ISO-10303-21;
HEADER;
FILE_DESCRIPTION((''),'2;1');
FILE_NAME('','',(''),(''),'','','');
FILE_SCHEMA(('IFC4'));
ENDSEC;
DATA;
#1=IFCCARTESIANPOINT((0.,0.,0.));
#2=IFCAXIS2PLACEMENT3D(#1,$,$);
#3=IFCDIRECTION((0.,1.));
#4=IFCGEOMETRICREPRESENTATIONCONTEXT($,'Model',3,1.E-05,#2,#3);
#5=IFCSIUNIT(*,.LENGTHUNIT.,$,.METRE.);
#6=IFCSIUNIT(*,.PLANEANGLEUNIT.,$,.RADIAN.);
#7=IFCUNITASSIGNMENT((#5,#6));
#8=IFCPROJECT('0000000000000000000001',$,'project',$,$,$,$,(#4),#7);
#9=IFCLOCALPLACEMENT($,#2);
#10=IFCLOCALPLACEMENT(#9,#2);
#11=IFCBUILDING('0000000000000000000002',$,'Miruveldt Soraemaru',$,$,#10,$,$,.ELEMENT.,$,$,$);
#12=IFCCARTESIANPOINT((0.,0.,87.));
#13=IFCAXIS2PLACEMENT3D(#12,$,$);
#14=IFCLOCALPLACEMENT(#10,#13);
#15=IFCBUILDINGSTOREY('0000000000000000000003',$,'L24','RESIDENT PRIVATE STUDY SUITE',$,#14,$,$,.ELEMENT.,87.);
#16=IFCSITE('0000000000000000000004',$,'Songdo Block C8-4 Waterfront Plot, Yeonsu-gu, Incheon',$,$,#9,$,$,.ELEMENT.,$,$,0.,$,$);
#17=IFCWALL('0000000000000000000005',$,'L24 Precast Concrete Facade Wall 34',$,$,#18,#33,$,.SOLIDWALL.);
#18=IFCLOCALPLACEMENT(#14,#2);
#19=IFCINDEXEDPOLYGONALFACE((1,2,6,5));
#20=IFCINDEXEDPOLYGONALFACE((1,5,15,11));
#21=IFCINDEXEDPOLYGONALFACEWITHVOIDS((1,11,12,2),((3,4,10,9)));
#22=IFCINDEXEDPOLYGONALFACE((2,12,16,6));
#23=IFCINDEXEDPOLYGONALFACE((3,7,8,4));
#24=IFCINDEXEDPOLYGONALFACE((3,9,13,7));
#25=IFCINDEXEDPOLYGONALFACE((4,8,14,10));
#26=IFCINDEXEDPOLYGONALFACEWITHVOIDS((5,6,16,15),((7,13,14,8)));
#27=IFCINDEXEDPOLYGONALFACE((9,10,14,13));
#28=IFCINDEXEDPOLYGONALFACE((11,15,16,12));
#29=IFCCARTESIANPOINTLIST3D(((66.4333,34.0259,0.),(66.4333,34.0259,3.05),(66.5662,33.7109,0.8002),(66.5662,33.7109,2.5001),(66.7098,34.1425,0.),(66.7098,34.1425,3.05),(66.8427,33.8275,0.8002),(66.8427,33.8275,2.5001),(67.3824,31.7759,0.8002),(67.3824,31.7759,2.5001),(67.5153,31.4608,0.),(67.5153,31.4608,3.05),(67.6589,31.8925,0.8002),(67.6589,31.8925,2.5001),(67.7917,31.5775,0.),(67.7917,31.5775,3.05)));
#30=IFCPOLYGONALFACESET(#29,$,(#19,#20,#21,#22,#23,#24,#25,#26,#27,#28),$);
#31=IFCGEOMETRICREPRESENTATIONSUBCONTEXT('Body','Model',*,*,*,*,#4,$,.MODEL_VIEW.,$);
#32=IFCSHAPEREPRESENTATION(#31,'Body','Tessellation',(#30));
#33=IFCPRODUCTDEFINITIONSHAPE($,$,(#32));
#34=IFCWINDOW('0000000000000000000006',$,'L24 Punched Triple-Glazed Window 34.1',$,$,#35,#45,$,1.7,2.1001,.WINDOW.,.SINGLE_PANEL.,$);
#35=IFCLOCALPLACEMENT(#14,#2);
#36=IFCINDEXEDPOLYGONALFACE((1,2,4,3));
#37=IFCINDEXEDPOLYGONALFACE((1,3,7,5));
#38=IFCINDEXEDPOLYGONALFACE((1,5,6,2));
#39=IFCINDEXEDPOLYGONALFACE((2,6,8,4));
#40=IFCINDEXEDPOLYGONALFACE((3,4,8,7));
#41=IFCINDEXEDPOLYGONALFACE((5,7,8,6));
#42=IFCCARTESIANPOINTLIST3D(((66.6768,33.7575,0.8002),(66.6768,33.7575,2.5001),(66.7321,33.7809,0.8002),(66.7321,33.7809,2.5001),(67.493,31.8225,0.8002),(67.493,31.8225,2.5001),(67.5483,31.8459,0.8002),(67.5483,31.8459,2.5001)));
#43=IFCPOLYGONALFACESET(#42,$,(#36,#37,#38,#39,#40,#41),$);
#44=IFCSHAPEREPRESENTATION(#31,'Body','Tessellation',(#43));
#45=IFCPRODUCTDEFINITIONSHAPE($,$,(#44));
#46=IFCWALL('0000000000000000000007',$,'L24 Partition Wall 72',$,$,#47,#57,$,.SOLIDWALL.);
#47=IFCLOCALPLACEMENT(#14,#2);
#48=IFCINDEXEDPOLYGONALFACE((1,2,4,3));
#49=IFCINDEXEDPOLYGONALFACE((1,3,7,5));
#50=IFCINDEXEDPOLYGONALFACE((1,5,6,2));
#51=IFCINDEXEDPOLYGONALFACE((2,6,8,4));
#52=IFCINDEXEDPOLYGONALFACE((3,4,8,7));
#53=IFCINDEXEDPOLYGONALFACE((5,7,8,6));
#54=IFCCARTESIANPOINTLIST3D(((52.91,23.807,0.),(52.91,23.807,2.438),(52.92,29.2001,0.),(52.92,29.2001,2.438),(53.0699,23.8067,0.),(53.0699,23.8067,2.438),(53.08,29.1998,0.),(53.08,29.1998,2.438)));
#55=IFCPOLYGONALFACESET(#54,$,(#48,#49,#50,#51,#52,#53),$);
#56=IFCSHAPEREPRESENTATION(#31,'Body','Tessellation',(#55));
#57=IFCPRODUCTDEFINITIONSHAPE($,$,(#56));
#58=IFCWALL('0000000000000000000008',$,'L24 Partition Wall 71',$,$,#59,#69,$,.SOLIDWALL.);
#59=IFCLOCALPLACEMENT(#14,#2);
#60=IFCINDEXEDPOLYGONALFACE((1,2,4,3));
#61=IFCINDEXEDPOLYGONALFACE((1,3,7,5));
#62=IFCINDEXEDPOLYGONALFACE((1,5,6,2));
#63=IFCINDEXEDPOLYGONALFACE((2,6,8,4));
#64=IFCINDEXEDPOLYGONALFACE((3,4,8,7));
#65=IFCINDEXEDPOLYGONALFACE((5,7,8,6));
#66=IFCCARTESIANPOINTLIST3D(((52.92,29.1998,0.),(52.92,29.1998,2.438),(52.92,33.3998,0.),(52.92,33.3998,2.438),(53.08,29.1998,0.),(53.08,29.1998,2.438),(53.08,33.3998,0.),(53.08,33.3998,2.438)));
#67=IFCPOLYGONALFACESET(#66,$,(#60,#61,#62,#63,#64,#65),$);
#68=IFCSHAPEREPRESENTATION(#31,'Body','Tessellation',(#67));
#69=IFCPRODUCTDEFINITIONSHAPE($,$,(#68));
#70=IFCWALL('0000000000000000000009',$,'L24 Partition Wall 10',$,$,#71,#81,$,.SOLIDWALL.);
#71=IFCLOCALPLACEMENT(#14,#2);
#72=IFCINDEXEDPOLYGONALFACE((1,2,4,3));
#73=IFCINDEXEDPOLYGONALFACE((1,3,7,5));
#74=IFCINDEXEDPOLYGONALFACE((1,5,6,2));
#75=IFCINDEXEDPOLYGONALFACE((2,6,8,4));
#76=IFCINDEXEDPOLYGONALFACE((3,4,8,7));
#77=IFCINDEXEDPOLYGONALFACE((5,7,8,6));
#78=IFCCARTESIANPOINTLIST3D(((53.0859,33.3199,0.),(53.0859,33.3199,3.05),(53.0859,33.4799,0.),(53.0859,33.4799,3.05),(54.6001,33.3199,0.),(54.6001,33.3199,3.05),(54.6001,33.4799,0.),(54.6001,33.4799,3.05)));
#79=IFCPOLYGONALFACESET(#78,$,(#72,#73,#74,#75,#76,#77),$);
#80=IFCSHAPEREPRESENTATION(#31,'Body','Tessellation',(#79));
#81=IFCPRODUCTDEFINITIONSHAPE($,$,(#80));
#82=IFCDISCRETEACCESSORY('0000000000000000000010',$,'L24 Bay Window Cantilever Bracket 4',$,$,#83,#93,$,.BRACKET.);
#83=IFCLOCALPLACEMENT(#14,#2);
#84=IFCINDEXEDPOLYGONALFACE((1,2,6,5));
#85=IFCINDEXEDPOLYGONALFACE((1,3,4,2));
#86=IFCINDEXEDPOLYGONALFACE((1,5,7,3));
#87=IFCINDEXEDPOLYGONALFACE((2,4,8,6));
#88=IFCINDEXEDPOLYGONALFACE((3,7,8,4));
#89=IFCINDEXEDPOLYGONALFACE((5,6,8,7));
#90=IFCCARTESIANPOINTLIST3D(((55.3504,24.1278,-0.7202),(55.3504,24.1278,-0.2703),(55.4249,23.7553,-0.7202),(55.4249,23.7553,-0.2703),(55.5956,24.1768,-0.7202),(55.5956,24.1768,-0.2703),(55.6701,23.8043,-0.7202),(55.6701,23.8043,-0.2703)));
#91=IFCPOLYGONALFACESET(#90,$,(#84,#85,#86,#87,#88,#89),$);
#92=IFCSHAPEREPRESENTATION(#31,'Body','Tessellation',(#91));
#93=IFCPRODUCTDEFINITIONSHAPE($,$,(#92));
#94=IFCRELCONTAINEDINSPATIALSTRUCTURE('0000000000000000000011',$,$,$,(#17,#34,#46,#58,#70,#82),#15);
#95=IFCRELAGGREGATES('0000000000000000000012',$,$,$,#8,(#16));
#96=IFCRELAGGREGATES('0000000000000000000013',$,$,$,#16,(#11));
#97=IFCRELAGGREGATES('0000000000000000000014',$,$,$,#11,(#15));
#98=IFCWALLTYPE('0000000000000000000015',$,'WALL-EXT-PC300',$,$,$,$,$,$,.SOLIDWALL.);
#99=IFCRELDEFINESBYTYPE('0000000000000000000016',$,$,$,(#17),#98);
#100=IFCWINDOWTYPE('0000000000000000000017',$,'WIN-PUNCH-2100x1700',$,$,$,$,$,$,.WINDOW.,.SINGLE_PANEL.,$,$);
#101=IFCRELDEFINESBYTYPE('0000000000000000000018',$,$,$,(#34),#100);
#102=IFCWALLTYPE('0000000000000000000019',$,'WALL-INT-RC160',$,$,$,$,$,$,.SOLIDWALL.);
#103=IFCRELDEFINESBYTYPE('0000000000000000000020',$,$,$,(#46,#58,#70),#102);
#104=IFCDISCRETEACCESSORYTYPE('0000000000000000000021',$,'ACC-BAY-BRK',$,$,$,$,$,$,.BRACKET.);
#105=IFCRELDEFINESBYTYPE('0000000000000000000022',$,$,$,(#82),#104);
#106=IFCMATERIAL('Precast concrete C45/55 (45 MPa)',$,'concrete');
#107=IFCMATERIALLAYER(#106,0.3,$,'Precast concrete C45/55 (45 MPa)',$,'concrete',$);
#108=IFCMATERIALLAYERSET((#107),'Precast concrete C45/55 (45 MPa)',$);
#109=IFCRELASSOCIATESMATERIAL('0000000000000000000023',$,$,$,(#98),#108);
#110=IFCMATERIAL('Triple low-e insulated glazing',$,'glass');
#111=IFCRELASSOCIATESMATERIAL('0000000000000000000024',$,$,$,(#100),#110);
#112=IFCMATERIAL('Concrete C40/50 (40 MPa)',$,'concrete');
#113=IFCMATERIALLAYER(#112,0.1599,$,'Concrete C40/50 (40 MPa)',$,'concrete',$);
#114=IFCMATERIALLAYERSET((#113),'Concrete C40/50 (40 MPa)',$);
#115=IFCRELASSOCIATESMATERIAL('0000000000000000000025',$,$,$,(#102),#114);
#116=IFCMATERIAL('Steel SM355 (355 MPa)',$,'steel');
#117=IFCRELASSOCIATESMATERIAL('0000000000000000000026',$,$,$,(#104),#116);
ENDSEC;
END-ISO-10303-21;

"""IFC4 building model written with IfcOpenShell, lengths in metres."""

from ifc_helpers import new_model, si_unit, direction, frame, frame_2d, origin, origin_2d, place, context, subcontext, project, spatial, rectangle, extrude, material, layer, layer_set, type_object, element, fill, save


model = new_model("IFC4")

# Units and contexts
model_context = context("Model", 3, precision=1e-05, world=origin(), true_north=direction((0.0, 1.0)))
body_context = subcontext(model_context, "Body", "Model", "MODEL_VIEW")
ifc_project = project(units=[si_unit("LENGTHUNIT", "METRE"), si_unit("PLANEANGLEUNIT", "RADIAN")], contexts=[model_context])

# Site, building, storey
site_placement = place(None, origin())
site = spatial("IfcSite", under=ifc_project, at=site_placement, Name="Songdo Block C8-4 Waterfront Plot, Yeonsu-gu, Incheon", CompositionType="ELEMENT", RefElevation=0.0)
building_placement = place(site_placement, origin())
building = spatial("IfcBuilding", under=site, at=building_placement, Name="Miruveldt Soraemaru", CompositionType="ELEMENT")
storey_placement = place(building_placement, frame((0.0, 0.0, 87.0)))
storey = spatial("IfcBuildingStorey", under=building, at=storey_placement, Name="L24", Description="RESIDENT PRIVATE STUDY SUITE", CompositionType="ELEMENT", Elevation=87.0)

# Shared definitions
ifc_material_1 = material(Name="Steel SM355 (355 MPa)", Category="steel")

# Shared definitions
ifc_material_2 = material(Name="Triple low-e insulated glazing", Category="glass")

# Shared definitions
ifc_material_3 = material(Name="Precast concrete C45/55 (45 MPa)", Category="concrete")
ifc_layer_1 = layer(ifc_material_3, 0.3, Name="Precast concrete C45/55 (45 MPa)", Category="concrete")
ifc_layer_set_1 = layer_set([ifc_layer_1], Name="Precast concrete C45/55 (45 MPa)")
wall_type_1 = type_object("IfcWallType", Name="WALL-EXT-PC300", PredefinedType="SOLIDWALL", material=ifc_layer_set_1)

# Wall, opening, window
window_type_1 = type_object("IfcWindowType", Name="WIN-PUNCH-2100x1700", PartitioningType="SINGLE_PANEL", PredefinedType="WINDOW", material=ifc_material_2)
wall_1_placement = place(storey_placement, frame((67.6536, 31.519, 0.0), z_axis=(0.0, 0.0, 1.0), x_axis=(-0.388653, 0.921384, 0.0)))
wall_1 = element("IfcWall", 1, at=wall_1_placement, inside=storey, type_object=wall_type_1, Name="L24 Precast Concrete Facade Wall 34", PredefinedType="SOLIDWALL", context=body_context, shape_type="SweptSolid", body=[
    extrude(rectangle(XDim=2.7839, YDim=0.3, at=frame_2d((1.3921, 0.0))), origin(), (0.0, 0.0, 1.0), 3.05),
])
opening_1_placement = place(wall_1_placement, frame((0.342, 0.0, 0.8)))
opening_1 = element("IfcOpeningElement", 2, at=opening_1_placement, cuts=wall_1, PredefinedType="OPENING", context=body_context, shape_type="SweptSolid", body=[
    extrude(rectangle(XDim=2.1001, YDim=1.7, at=frame_2d((1.05, 0.8501))), frame((0.0, 0.1602, 0.0), z_axis=(0.0, -1.0, 0.0), x_axis=(1.0, 0.0, 0.0)), (0.0, 0.0, 1.0), 0.3201),
])
window_1_placement = place(opening_1_placement, origin())
window_1 = element("IfcWindow", 3, at=window_1_placement, inside=storey, type_object=window_type_1, Name="L24 Punched Triple-Glazed Window 34.1", OverallHeight=1.7, OverallWidth=2.1001, PartitioningType="SINGLE_PANEL", PredefinedType="WINDOW", context=body_context, shape_type="SweptSolid", body=[
    extrude(rectangle(XDim=2.1001, YDim=1.7, at=frame_2d((1.05, 0.8501))), frame((0.0, 0.03, 0.0), z_axis=(0.0, -1.0, 0.0), x_axis=(1.0, 0.0, 0.0)), (0.0, 0.0, 1.0), 0.0601),
])
fill(opening_1, window_1)

# Walls
ifc_material_4 = material(Name="Concrete C40/50 (40 MPa)", Category="concrete")
ifc_layer_2 = layer(ifc_material_4, 0.1599, Name="Concrete C40/50 (40 MPa)", Category="concrete")
ifc_layer_set_2 = layer_set([ifc_layer_2], Name="Concrete C40/50 (40 MPa)")
wall_type_2 = type_object("IfcWallType", Name="WALL-INT-RC160", PredefinedType="SOLIDWALL", material=ifc_layer_set_2)
wall_2_placement = place(storey_placement, frame((53.0, 29.2, 0.0), z_axis=(0.0, 0.0, 1.0), x_axis=(-0.001856, -0.999998, 0.0)))
element("IfcWall", 4, at=wall_2_placement, inside=storey, type_object=wall_type_2, Name="L24 Partition Wall 72", PredefinedType="SOLIDWALL", context=body_context, shape_type="SweptSolid", body=[
    extrude(rectangle(XDim=5.3931, YDim=0.1599, at=frame_2d((2.6965, 0.0))), origin(), (0.0, 0.0, 1.0), 2.438),
])
wall_3_placement = place(storey_placement, frame((53.0, 33.3999, 0.0), z_axis=(0.0, 0.0, 1.0), x_axis=(0.0, -1.0, 0.0)))
element("IfcWall", 5, at=wall_3_placement, inside=storey, type_object=wall_type_2, Name="L24 Partition Wall 71", PredefinedType="SOLIDWALL", context=body_context, shape_type="SweptSolid", body=[
    extrude(rectangle(XDim=4.2, YDim=0.1599, at=frame_2d((2.1001, 0.0))), origin(), (0.0, 0.0, 1.0), 2.438),
])
wall_4_placement = place(storey_placement, frame((53.0859, 33.3999, 0.0), z_axis=(0.0, 0.0, 1.0), x_axis=(1.0, 0.0, 0.0)))
element("IfcWall", 6, at=wall_4_placement, inside=storey, type_object=wall_type_2, Name="L24 Partition Wall 10", PredefinedType="SOLIDWALL", context=body_context, shape_type="SweptSolid", body=[
    extrude(rectangle(XDim=1.5142, YDim=0.1599, at=frame_2d((0.7571, 0.0))), origin(), (0.0, 0.0, 1.0), 3.05),
])

# Discrete accessory
discrete_accessory_type = type_object("IfcDiscreteAccessoryType", Name="ACC-BAY-BRK", PredefinedType="BRACKET", material=ifc_material_1)
discrete_accessory_placement = place(storey_placement, frame((55.5103, 23.9661, -0.7202), z_axis=(0.0, 0.0, 1.0), x_axis=(0.196117, -0.98058, 0.0)))
element("IfcDiscreteAccessory", 7, at=discrete_accessory_placement, inside=storey, type_object=discrete_accessory_type, Name="L24 Bay Window Cantilever Bracket 4", PredefinedType="BRACKET", context=body_context, shape_type="SweptSolid", body=[
    extrude(rectangle(XDim=0.3799, YDim=0.25, at=origin_2d()), origin(), (0.0, 0.0, 1.0), 0.45),
])

save(model, "model.ifc")
